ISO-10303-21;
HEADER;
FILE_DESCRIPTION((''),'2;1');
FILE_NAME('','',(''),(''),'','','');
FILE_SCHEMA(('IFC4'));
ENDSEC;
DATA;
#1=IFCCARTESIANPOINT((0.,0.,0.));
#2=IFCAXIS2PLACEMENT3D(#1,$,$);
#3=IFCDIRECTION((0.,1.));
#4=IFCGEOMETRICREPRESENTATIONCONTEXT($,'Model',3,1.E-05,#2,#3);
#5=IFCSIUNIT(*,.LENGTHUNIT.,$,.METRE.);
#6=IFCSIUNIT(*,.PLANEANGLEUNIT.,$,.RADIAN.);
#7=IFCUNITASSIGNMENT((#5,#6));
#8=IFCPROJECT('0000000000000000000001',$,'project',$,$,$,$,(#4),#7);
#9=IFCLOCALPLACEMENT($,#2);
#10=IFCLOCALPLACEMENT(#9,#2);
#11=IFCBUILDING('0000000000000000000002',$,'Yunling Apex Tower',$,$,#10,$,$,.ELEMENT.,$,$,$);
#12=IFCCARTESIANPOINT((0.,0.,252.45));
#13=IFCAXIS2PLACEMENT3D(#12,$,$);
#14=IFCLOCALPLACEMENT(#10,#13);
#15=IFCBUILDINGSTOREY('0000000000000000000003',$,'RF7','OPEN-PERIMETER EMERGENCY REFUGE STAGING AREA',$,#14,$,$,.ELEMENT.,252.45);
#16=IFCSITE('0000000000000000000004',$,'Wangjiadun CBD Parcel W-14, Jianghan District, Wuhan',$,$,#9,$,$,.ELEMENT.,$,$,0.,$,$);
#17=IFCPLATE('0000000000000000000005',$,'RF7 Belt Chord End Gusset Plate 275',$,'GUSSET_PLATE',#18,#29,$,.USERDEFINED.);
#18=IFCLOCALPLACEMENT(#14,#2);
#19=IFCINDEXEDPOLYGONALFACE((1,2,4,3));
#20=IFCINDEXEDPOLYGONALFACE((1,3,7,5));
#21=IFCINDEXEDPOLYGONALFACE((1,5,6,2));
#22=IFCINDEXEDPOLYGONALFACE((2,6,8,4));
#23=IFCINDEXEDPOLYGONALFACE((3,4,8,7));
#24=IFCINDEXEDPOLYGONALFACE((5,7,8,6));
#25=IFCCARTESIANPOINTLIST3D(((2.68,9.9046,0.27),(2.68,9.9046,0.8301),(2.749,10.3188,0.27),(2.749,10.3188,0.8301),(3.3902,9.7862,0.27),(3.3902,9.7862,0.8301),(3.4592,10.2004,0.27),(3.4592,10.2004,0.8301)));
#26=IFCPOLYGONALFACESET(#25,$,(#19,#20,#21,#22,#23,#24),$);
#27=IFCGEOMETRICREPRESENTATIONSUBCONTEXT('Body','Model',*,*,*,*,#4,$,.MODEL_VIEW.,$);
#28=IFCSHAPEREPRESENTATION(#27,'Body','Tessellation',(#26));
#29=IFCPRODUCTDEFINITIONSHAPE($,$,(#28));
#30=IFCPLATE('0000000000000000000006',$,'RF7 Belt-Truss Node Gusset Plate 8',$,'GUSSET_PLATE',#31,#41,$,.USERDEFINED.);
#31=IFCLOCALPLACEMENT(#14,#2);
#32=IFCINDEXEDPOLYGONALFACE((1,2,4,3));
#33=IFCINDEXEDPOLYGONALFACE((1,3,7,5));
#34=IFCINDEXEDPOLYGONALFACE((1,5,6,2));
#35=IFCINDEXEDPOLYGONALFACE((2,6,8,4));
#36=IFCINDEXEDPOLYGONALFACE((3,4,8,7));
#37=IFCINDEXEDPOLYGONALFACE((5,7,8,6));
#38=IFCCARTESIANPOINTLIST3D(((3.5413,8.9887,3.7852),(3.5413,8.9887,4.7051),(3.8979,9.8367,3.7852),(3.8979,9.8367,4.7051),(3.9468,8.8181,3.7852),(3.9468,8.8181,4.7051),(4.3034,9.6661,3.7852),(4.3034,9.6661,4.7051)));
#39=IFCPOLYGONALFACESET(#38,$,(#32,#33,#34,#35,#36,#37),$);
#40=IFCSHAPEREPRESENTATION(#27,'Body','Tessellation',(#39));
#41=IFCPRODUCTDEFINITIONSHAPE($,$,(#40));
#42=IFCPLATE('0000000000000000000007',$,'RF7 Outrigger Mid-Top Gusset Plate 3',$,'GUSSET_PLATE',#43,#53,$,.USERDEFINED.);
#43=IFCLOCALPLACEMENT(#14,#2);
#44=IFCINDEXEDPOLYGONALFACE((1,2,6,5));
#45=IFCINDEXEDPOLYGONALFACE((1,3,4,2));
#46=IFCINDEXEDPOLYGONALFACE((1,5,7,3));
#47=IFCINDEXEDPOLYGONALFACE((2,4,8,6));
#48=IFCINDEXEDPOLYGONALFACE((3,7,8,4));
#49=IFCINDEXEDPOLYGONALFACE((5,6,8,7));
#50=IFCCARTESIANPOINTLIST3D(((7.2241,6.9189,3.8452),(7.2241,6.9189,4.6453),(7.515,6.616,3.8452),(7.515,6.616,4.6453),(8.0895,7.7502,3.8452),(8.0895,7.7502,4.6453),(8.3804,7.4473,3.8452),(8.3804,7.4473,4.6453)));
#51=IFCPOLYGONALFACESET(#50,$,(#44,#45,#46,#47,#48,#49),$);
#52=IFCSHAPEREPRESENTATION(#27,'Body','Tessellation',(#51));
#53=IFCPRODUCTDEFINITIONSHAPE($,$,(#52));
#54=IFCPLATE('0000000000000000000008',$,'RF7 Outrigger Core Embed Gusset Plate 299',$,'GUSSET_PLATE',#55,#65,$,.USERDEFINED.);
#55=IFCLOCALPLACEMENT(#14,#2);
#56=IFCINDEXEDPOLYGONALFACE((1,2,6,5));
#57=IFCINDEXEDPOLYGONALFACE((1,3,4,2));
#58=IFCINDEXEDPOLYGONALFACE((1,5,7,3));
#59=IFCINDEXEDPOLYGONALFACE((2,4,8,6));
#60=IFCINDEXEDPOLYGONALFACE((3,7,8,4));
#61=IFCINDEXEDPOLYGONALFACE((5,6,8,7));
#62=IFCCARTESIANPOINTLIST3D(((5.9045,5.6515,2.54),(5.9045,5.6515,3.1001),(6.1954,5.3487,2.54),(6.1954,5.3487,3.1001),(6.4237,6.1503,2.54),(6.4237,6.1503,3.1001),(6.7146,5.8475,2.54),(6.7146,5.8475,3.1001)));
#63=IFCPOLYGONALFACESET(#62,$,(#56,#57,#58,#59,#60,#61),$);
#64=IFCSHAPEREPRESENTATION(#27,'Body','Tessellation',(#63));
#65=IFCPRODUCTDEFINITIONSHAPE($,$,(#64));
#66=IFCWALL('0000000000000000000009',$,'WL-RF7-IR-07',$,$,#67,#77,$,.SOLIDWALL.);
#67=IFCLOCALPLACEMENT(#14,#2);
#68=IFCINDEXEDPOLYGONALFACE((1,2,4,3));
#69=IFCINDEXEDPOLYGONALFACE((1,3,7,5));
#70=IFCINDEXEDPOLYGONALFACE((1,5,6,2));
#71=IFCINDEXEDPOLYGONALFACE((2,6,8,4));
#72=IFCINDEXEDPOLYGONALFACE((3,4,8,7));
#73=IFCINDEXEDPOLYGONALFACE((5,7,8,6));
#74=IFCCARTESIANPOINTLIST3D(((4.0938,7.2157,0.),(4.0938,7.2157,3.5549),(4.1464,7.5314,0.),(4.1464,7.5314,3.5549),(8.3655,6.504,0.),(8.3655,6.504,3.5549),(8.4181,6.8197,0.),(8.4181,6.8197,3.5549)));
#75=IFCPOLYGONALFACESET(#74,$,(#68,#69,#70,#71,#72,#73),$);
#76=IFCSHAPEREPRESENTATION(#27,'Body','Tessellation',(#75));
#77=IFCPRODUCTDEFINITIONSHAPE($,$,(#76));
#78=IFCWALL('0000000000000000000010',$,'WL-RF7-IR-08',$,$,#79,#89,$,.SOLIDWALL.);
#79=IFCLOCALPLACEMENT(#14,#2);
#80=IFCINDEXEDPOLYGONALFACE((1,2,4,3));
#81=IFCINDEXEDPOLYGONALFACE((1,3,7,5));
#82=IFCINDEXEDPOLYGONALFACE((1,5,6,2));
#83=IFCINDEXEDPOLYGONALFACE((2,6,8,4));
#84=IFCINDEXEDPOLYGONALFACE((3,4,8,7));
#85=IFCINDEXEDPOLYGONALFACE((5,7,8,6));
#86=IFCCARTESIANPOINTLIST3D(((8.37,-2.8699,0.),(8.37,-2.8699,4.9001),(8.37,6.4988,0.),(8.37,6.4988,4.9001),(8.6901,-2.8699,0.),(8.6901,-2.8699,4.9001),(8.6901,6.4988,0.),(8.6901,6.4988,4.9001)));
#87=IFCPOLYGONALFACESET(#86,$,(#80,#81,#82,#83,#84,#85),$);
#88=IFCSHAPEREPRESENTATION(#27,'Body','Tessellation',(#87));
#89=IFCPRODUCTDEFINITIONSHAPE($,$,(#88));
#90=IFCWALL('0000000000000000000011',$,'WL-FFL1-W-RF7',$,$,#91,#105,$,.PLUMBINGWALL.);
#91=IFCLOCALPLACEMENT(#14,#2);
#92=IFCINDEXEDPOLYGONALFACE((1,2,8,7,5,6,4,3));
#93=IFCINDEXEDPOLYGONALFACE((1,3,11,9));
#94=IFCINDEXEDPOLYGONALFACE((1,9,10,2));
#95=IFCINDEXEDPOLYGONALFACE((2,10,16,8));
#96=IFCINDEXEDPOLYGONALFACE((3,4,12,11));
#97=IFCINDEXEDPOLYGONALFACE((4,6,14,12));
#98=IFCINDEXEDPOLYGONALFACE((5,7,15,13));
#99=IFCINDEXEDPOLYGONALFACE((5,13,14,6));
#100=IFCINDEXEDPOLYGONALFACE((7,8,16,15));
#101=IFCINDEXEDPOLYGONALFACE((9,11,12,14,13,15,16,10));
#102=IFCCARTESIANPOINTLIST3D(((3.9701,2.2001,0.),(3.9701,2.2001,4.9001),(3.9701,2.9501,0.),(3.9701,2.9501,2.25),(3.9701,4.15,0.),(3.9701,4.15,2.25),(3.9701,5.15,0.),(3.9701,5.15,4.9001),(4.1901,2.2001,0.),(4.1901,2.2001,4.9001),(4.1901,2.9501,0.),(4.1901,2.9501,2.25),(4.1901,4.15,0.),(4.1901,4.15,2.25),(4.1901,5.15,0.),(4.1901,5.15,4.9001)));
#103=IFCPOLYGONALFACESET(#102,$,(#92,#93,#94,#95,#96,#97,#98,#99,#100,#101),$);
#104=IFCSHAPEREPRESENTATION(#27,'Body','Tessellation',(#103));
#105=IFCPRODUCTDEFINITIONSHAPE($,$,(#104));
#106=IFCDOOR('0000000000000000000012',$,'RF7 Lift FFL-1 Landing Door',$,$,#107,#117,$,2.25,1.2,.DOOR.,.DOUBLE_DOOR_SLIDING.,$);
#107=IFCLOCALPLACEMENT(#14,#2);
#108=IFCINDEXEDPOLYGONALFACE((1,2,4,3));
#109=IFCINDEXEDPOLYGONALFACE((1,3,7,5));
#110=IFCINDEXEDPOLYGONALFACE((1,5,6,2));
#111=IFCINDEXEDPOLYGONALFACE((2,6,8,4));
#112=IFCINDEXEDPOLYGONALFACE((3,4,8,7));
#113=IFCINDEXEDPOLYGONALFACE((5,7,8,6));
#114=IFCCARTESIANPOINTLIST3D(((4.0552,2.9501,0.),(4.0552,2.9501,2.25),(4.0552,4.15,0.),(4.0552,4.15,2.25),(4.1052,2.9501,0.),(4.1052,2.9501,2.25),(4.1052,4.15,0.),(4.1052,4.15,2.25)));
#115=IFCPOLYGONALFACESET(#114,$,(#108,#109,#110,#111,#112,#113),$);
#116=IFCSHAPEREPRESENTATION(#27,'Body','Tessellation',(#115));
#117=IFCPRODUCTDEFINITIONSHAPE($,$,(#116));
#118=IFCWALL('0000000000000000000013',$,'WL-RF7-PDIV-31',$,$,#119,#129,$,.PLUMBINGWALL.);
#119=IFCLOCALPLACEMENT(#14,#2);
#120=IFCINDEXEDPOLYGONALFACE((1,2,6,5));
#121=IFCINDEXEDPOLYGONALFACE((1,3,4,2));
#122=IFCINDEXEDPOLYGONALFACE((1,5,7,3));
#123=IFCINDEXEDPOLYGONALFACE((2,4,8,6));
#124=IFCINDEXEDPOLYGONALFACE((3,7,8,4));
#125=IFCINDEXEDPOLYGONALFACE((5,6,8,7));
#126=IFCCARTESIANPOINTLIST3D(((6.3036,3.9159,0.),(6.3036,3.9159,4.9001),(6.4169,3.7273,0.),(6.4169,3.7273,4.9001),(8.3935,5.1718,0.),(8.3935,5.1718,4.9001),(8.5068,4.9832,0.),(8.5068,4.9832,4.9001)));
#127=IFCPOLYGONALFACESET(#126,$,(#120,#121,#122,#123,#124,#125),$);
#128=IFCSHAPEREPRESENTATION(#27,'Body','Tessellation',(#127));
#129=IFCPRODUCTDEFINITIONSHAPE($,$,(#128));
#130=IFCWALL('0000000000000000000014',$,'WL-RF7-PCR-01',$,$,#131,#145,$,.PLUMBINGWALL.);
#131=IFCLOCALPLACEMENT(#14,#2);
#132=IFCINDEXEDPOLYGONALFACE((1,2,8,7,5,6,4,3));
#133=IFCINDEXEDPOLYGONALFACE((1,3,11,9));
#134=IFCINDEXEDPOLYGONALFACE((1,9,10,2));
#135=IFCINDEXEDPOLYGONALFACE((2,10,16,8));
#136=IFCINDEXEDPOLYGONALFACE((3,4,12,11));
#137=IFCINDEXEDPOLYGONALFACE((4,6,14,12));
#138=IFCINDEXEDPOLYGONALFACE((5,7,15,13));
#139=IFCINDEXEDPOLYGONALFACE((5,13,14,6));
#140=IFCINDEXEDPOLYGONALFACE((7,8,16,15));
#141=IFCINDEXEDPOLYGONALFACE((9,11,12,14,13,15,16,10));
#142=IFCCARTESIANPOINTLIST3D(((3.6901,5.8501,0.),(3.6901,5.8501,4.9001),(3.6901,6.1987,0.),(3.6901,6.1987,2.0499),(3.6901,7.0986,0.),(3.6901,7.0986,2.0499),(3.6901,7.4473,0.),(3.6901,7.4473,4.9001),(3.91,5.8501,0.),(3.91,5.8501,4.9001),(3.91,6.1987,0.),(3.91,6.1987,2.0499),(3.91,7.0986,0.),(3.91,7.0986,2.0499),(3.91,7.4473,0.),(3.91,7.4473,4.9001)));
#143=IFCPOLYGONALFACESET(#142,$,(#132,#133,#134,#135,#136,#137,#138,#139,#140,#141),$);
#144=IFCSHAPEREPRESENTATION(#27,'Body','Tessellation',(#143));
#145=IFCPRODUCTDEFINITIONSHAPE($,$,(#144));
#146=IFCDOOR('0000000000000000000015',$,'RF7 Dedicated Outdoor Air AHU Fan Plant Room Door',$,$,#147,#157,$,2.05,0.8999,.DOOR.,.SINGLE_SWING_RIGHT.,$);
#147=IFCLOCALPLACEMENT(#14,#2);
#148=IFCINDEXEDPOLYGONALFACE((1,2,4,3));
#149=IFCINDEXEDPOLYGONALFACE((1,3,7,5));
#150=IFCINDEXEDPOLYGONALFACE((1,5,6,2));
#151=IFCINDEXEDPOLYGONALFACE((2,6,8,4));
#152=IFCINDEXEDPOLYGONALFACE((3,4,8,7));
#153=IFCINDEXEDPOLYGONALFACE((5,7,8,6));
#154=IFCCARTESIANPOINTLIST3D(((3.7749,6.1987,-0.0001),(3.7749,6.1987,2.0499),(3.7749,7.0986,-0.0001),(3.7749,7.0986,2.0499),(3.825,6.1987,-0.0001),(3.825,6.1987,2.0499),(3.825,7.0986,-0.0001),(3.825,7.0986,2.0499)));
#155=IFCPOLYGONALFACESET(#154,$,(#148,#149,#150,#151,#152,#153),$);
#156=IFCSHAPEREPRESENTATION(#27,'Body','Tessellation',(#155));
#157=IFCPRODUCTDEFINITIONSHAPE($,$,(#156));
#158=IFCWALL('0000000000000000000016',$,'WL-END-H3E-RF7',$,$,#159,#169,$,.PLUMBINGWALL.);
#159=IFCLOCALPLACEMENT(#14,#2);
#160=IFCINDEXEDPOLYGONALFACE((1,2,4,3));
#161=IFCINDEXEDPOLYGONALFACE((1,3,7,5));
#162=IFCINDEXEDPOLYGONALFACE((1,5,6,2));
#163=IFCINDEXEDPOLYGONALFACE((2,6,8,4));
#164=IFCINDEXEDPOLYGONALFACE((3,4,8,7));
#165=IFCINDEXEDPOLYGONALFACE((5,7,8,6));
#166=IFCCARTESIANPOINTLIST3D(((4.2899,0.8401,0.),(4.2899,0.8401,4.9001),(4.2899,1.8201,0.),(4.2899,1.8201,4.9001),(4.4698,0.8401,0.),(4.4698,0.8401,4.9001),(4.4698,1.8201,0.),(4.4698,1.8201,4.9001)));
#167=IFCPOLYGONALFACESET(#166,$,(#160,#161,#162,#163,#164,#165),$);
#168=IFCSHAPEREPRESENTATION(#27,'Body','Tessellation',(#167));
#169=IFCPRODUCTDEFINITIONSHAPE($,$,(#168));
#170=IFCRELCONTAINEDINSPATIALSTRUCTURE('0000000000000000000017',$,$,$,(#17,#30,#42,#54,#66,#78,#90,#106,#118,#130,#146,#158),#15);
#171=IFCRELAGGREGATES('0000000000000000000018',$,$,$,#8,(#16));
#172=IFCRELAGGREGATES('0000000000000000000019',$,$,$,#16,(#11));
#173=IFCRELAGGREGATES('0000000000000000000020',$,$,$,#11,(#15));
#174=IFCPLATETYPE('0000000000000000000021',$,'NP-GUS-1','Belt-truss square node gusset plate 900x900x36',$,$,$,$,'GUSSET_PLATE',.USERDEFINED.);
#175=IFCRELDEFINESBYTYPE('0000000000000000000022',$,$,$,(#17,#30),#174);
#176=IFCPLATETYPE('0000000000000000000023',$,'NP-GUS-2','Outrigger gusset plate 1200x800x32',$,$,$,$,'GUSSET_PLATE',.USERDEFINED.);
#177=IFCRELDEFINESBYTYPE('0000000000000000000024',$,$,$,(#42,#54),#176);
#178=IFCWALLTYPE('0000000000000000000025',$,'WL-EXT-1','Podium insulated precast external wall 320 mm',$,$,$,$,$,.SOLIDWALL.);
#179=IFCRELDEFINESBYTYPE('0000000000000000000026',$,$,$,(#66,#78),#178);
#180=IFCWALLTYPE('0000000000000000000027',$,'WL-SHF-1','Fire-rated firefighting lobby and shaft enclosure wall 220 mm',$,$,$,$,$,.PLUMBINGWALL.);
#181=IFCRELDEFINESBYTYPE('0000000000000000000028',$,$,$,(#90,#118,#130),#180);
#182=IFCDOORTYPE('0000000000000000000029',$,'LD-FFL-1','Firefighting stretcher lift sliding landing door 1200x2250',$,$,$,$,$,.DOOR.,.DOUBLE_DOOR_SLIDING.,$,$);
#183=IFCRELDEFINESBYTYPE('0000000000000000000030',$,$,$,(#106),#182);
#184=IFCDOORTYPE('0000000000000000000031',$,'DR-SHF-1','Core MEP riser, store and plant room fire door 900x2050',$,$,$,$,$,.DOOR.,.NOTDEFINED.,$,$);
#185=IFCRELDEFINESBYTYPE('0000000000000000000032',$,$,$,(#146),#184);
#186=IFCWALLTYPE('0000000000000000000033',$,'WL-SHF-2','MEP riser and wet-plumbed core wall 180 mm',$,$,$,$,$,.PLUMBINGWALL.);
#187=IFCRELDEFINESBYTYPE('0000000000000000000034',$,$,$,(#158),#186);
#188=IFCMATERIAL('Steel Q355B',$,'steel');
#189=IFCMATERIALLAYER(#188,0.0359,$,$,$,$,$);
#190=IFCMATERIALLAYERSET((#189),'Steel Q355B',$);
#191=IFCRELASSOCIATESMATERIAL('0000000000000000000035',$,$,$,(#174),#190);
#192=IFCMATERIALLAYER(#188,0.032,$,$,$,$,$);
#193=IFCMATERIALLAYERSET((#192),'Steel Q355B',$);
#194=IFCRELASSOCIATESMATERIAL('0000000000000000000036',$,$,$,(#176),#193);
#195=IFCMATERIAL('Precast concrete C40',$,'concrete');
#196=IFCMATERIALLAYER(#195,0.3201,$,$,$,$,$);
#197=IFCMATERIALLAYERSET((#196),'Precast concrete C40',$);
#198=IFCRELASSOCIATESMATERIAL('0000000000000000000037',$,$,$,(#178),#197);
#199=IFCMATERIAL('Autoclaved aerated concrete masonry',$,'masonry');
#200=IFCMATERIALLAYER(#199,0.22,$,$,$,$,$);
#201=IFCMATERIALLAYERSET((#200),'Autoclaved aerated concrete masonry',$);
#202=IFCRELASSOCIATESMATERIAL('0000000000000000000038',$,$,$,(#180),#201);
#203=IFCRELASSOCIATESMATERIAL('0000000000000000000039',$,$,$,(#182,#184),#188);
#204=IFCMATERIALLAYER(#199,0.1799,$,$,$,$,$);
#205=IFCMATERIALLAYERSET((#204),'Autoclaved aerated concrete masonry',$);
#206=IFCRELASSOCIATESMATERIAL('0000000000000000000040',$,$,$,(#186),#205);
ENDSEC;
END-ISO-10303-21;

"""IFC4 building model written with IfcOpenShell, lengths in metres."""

from ifc_helpers import new_model, si_unit, direction, frame, frame_2d, origin, origin_2d, place, context, subcontext, project, spatial, rectangle, extrude, source, transform, mapped, material, layer, layer_set, type_object, element, fill, save


model = new_model("IFC4")

# Units and contexts
model_context = context("Model", 3, precision=1e-05, world=origin(), true_north=direction((0.0, 1.0)))
body_context = subcontext(model_context, "Body", "Model", "MODEL_VIEW")
ifc_project = project(units=[si_unit("LENGTHUNIT", "METRE"), si_unit("PLANEANGLEUNIT", "RADIAN")], contexts=[model_context])

# Site, building, storey
site_placement = place(None, origin())
site = spatial("IfcSite", under=ifc_project, at=site_placement, Name="Wangjiadun CBD Parcel W-14, Jianghan District, Wuhan", CompositionType="ELEMENT", RefElevation=0.0)
building_placement = place(site_placement, origin())
building = spatial("IfcBuilding", under=site, at=building_placement, Name="Yunling Apex Tower", CompositionType="ELEMENT")
storey_placement = place(building_placement, frame((0.0, 0.0, 252.45)))
storey = spatial("IfcBuildingStorey", under=building, at=storey_placement, Name="RF7", Description="OPEN-PERIMETER EMERGENCY REFUGE STAGING AREA", CompositionType="ELEMENT", Elevation=252.45)

# Shared definitions
ifc_material_1 = material(Name="Steel Q355B", Category="steel")

# Plates
ifc_layer_1 = layer(ifc_material_1, 0.0359)
ifc_layer_set_1 = layer_set([ifc_layer_1], Name="Steel Q355B")
plate_type_1 = type_object("IfcPlateType", Name="NP-GUS-1", Description="Belt-truss square node gusset plate 900x900x36", ElementType="GUSSET_PLATE", PredefinedType="USERDEFINED", material=ifc_layer_set_1)
shared_shape_1 = source(origin(), body_context, "Body", "SweptSolid", [
    extrude(rectangle(XDim=0.72, YDim=0.4199, at=origin_2d()), origin(), (0.0, 0.0, 1.0), 0.5601),
])
plate_1_placement = place(storey_placement, frame((3.0696, 10.0525, 0.27), z_axis=(0.0, 0.0, 1.0), x_axis=(-0.986401, 0.164359, 0.0)))
element("IfcPlate", 1, at=plate_1_placement, inside=storey, type_object=plate_type_1, Name="RF7 Belt Chord End Gusset Plate 275", ObjectType="GUSSET_PLATE", PredefinedType="USERDEFINED", context=body_context, shape_type="MappedRepresentation", body=[
    mapped(shared_shape_1, transform((0.0, 0.0, 0.0), scale=1.0)),
])
shared_shape_2 = source(origin(), body_context, "Body", "SweptSolid", [
    extrude(rectangle(XDim=0.9199, YDim=0.4399, at=origin_2d()), origin(), (0.0, 0.0, 1.0), 0.9199),
])
plate_2_placement = place(storey_placement, frame((3.9224, 9.3274, 3.7852), z_axis=(0.0, 0.0, 1.0), x_axis=(0.387676, 0.921796, 0.0)))
element("IfcPlate", 2, at=plate_2_placement, inside=storey, type_object=plate_type_1, Name="RF7 Belt-Truss Node Gusset Plate 8", ObjectType="GUSSET_PLATE", PredefinedType="USERDEFINED", context=body_context, shape_type="MappedRepresentation", body=[
    mapped(shared_shape_2, transform((0.0, 0.0, 0.0), scale=1.0)),
])
ifc_layer_2 = layer(ifc_material_1, 0.032)
ifc_layer_set_2 = layer_set([ifc_layer_2], Name="Steel Q355B")
plate_type_2 = type_object("IfcPlateType", Name="NP-GUS-2", Description="Outrigger gusset plate 1200x800x32", ElementType="GUSSET_PLATE", PredefinedType="USERDEFINED", material=ifc_layer_set_2)
shared_shape_3 = source(origin(), body_context, "Body", "SweptSolid", [
    extrude(rectangle(XDim=1.2, YDim=0.4199, at=origin_2d()), origin(), (0.0, 0.0, 1.0), 0.8),
])
plate_3_placement = place(storey_placement, frame((7.8022, 7.1831, 3.8452), z_axis=(0.0, 0.0, 1.0), x_axis=(0.721156, 0.692773, 0.0)))
element("IfcPlate", 3, at=plate_3_placement, inside=storey, type_object=plate_type_2, Name="RF7 Outrigger Mid-Top Gusset Plate 3", ObjectType="GUSSET_PLATE", PredefinedType="USERDEFINED", context=body_context, shape_type="MappedRepresentation", body=[
    mapped(shared_shape_3, transform((0.0, 0.0, 0.0), scale=1.0)),
])
shared_shape_4 = source(origin(), body_context, "Body", "SweptSolid", [
    extrude(rectangle(XDim=0.72, YDim=0.4199, at=origin_2d()), origin(), (0.0, 0.0, 1.0), 0.5601),
])
plate_4_placement = place(storey_placement, frame((6.3096, 5.7495, 2.54), z_axis=(0.0, 0.0, 1.0), x_axis=(0.721156, 0.692773, 0.0)))
element("IfcPlate", 4, at=plate_4_placement, inside=storey, type_object=plate_type_2, Name="RF7 Outrigger Core Embed Gusset Plate 299", ObjectType="GUSSET_PLATE", PredefinedType="USERDEFINED", context=body_context, shape_type="MappedRepresentation", body=[
    mapped(shared_shape_4, transform((0.0, 0.0, 0.0), scale=1.0)),
])

# Walls
ifc_material_2 = material(Name="Precast concrete C40", Category="concrete")
ifc_layer_3 = layer(ifc_material_2, 0.3201)
ifc_layer_set_3 = layer_set([ifc_layer_3], Name="Precast concrete C40")
wall_type_1 = type_object("IfcWallType", Name="WL-EXT-1", Description="Podium insulated precast external wall 320 mm", PredefinedType="SOLIDWALL", material=ifc_layer_set_3)
wall_1_placement = place(storey_placement, frame((4.1201, 7.3735, 0.0), z_axis=(0.0, 0.0, 1.0), x_axis=(0.986405, -0.164335, 0.0)))
element("IfcWall", 5, at=wall_1_placement, inside=storey, type_object=wall_type_1, Name="WL-RF7-IR-07", PredefinedType="SOLIDWALL", context=body_context, shape_type="SweptSolid", body=[
    extrude(rectangle(XDim=4.3306, YDim=0.3201, at=frame_2d((2.1653, 0.0))), origin(), (0.0, 0.0, 1.0), 3.5549),
])
wall_2_placement = place(storey_placement, frame((8.53, 6.4988, 0.0), z_axis=(0.0, 0.0, 1.0), x_axis=(0.0, -1.0, 0.0)))
element("IfcWall", 6, at=wall_2_placement, inside=storey, type_object=wall_type_1, Name="WL-RF7-IR-08", PredefinedType="SOLIDWALL", context=body_context, shape_type="SweptSolid", body=[
    extrude(rectangle(XDim=9.3687, YDim=0.3201, at=frame_2d((4.6843, 0.0))), origin(), (0.0, 0.0, 1.0), 4.9001),
])

# Wall, opening, door
ifc_material_3 = material(Name="Autoclaved aerated concrete masonry", Category="masonry")
ifc_layer_4 = layer(ifc_material_3, 0.22)
ifc_layer_set_4 = layer_set([ifc_layer_4], Name="Autoclaved aerated concrete masonry")
wall_type_2 = type_object("IfcWallType", Name="WL-SHF-1", Description="Fire-rated firefighting lobby and shaft enclosure wall 220 mm", PredefinedType="PLUMBINGWALL", material=ifc_layer_set_4)
wall_3_placement = place(storey_placement, frame((4.0801, 2.2, 0.0), z_axis=(0.0, 0.0, 1.0), x_axis=(0.0, 1.0, 0.0)))
wall_3 = element("IfcWall", 7, at=wall_3_placement, inside=storey, type_object=wall_type_2, Name="WL-FFL1-W-RF7", PredefinedType="PLUMBINGWALL", context=body_context, shape_type="SweptSolid", body=[
    extrude(rectangle(XDim=2.95, YDim=0.22, at=frame_2d((1.4751, 0.0))), origin(), (0.0, 0.0, 1.0), 4.9001),
])
opening_1_placement = place(wall_3_placement, frame((0.75, 0.0, 0.0)))
opening_1 = element("IfcOpeningElement", 8, at=opening_1_placement, cuts=wall_3, PredefinedType="OPENING", context=body_context, shape_type="SweptSolid", body=[
    extrude(rectangle(XDim=1.2, YDim=2.25, at=frame_2d((0.6001, 1.125))), frame((0.0, 0.1201, 0.0), z_axis=(0.0, -1.0, 0.0), x_axis=(1.0, 0.0, 0.0)), (0.0, 0.0, 1.0), 0.24),
])
door_type_1 = type_object("IfcDoorType", Name="LD-FFL-1", Description="Firefighting stretcher lift sliding landing door 1200x2250", OperationType="DOUBLE_DOOR_SLIDING", PredefinedType="DOOR", material=ifc_material_1)
door_1_placement = place(opening_1_placement, origin())
door_1 = element("IfcDoor", 9, at=door_1_placement, inside=storey, type_object=door_type_1, Name="RF7 Lift FFL-1 Landing Door", OperationType="DOUBLE_DOOR_SLIDING", OverallHeight=2.25, OverallWidth=1.2, PredefinedType="DOOR", context=body_context, shape_type="SweptSolid", body=[
    extrude(rectangle(XDim=1.2, YDim=2.25, at=frame_2d((0.6001, 1.125))), frame((0.0, 0.0249, 0.0), z_axis=(0.0, -1.0, 0.0), x_axis=(1.0, 0.0, 0.0)), (0.0, 0.0, 1.0), 0.05),
])
fill(opening_1, door_1)

# Wall
wall_4_placement = place(storey_placement, frame((6.3601, 3.8215, 0.0), z_axis=(0.0, 0.0, 1.0), x_axis=(0.857139, 0.515085, 0.0)))
element("IfcWall", 10, at=wall_4_placement, inside=storey, type_object=wall_type_2, Name="WL-RF7-PDIV-31", PredefinedType="PLUMBINGWALL", context=body_context, shape_type="SweptSolid", body=[
    extrude(rectangle(XDim=2.4382, YDim=0.22, at=frame_2d((1.2192, 0.0))), origin(), (0.0, 0.0, 1.0), 4.9001),
])

# Wall, opening, door
wall_5_placement = place(storey_placement, frame((3.8, 7.4473, 0.0), z_axis=(0.0, 0.0, 1.0), x_axis=(0.0, -1.0, 0.0)))
wall_5 = element("IfcWall", 11, at=wall_5_placement, inside=storey, type_object=wall_type_2, Name="WL-RF7-PCR-01", PredefinedType="PLUMBINGWALL", context=body_context, shape_type="SweptSolid", body=[
    extrude(rectangle(XDim=1.5972, YDim=0.22, at=frame_2d((0.7986, 0.0))), origin(), (0.0, 0.0, 1.0), 4.9001),
])
opening_2_placement = place(wall_5_placement, frame((0.3486, 0.0, 0.0)))
opening_2 = element("IfcOpeningElement", 12, at=opening_2_placement, cuts=wall_5, PredefinedType="OPENING", context=body_context, shape_type="SweptSolid", body=[
    extrude(rectangle(XDim=0.8999, YDim=2.05, at=frame_2d((0.45, 1.0249))), frame((0.0, 0.1201, 0.0), z_axis=(0.0, -1.0, 0.0), x_axis=(1.0, 0.0, 0.0)), (0.0, 0.0, 1.0), 0.24),
])
door_type_2 = type_object("IfcDoorType", Name="DR-SHF-1", Description="Core MEP riser, store and plant room fire door 900x2050", OperationType="NOTDEFINED", PredefinedType="DOOR", material=ifc_material_1)
door_2_placement = place(opening_2_placement, origin())
door_2 = element("IfcDoor", 13, at=door_2_placement, inside=storey, type_object=door_type_2, Name="RF7 Dedicated Outdoor Air AHU Fan Plant Room Door", OperationType="SINGLE_SWING_RIGHT", OverallHeight=2.05, OverallWidth=0.8999, PredefinedType="DOOR", context=body_context, shape_type="SweptSolid", body=[
    extrude(rectangle(XDim=0.8999, YDim=2.05, at=frame_2d((0.45, 1.0249))), frame((0.0, 0.0249, 0.0), z_axis=(0.0, -1.0, 0.0), x_axis=(1.0, 0.0, 0.0)), (0.0, 0.0, 1.0), 0.05),
])
fill(opening_2, door_2)

# Wall
ifc_layer_5 = layer(ifc_material_3, 0.1799)
ifc_layer_set_5 = layer_set([ifc_layer_5], Name="Autoclaved aerated concrete masonry")
wall_type_3 = type_object("IfcWallType", Name="WL-SHF-2", Description="MEP riser and wet-plumbed core wall 180 mm", PredefinedType="PLUMBINGWALL", material=ifc_layer_set_5)
wall_6_placement = place(storey_placement, frame((4.3799, 0.8401, 0.0), z_axis=(0.0, 0.0, 1.0), x_axis=(0.0, 1.0, 0.0)))
element("IfcWall", 14, at=wall_6_placement, inside=storey, type_object=wall_type_3, Name="WL-END-H3E-RF7", PredefinedType="PLUMBINGWALL", context=body_context, shape_type="SweptSolid", body=[
    extrude(rectangle(XDim=0.98, YDim=0.1799, at=frame_2d((0.49, 0.0))), origin(), (0.0, 0.0, 1.0), 4.9001),
])

save(model, "model.ifc")
